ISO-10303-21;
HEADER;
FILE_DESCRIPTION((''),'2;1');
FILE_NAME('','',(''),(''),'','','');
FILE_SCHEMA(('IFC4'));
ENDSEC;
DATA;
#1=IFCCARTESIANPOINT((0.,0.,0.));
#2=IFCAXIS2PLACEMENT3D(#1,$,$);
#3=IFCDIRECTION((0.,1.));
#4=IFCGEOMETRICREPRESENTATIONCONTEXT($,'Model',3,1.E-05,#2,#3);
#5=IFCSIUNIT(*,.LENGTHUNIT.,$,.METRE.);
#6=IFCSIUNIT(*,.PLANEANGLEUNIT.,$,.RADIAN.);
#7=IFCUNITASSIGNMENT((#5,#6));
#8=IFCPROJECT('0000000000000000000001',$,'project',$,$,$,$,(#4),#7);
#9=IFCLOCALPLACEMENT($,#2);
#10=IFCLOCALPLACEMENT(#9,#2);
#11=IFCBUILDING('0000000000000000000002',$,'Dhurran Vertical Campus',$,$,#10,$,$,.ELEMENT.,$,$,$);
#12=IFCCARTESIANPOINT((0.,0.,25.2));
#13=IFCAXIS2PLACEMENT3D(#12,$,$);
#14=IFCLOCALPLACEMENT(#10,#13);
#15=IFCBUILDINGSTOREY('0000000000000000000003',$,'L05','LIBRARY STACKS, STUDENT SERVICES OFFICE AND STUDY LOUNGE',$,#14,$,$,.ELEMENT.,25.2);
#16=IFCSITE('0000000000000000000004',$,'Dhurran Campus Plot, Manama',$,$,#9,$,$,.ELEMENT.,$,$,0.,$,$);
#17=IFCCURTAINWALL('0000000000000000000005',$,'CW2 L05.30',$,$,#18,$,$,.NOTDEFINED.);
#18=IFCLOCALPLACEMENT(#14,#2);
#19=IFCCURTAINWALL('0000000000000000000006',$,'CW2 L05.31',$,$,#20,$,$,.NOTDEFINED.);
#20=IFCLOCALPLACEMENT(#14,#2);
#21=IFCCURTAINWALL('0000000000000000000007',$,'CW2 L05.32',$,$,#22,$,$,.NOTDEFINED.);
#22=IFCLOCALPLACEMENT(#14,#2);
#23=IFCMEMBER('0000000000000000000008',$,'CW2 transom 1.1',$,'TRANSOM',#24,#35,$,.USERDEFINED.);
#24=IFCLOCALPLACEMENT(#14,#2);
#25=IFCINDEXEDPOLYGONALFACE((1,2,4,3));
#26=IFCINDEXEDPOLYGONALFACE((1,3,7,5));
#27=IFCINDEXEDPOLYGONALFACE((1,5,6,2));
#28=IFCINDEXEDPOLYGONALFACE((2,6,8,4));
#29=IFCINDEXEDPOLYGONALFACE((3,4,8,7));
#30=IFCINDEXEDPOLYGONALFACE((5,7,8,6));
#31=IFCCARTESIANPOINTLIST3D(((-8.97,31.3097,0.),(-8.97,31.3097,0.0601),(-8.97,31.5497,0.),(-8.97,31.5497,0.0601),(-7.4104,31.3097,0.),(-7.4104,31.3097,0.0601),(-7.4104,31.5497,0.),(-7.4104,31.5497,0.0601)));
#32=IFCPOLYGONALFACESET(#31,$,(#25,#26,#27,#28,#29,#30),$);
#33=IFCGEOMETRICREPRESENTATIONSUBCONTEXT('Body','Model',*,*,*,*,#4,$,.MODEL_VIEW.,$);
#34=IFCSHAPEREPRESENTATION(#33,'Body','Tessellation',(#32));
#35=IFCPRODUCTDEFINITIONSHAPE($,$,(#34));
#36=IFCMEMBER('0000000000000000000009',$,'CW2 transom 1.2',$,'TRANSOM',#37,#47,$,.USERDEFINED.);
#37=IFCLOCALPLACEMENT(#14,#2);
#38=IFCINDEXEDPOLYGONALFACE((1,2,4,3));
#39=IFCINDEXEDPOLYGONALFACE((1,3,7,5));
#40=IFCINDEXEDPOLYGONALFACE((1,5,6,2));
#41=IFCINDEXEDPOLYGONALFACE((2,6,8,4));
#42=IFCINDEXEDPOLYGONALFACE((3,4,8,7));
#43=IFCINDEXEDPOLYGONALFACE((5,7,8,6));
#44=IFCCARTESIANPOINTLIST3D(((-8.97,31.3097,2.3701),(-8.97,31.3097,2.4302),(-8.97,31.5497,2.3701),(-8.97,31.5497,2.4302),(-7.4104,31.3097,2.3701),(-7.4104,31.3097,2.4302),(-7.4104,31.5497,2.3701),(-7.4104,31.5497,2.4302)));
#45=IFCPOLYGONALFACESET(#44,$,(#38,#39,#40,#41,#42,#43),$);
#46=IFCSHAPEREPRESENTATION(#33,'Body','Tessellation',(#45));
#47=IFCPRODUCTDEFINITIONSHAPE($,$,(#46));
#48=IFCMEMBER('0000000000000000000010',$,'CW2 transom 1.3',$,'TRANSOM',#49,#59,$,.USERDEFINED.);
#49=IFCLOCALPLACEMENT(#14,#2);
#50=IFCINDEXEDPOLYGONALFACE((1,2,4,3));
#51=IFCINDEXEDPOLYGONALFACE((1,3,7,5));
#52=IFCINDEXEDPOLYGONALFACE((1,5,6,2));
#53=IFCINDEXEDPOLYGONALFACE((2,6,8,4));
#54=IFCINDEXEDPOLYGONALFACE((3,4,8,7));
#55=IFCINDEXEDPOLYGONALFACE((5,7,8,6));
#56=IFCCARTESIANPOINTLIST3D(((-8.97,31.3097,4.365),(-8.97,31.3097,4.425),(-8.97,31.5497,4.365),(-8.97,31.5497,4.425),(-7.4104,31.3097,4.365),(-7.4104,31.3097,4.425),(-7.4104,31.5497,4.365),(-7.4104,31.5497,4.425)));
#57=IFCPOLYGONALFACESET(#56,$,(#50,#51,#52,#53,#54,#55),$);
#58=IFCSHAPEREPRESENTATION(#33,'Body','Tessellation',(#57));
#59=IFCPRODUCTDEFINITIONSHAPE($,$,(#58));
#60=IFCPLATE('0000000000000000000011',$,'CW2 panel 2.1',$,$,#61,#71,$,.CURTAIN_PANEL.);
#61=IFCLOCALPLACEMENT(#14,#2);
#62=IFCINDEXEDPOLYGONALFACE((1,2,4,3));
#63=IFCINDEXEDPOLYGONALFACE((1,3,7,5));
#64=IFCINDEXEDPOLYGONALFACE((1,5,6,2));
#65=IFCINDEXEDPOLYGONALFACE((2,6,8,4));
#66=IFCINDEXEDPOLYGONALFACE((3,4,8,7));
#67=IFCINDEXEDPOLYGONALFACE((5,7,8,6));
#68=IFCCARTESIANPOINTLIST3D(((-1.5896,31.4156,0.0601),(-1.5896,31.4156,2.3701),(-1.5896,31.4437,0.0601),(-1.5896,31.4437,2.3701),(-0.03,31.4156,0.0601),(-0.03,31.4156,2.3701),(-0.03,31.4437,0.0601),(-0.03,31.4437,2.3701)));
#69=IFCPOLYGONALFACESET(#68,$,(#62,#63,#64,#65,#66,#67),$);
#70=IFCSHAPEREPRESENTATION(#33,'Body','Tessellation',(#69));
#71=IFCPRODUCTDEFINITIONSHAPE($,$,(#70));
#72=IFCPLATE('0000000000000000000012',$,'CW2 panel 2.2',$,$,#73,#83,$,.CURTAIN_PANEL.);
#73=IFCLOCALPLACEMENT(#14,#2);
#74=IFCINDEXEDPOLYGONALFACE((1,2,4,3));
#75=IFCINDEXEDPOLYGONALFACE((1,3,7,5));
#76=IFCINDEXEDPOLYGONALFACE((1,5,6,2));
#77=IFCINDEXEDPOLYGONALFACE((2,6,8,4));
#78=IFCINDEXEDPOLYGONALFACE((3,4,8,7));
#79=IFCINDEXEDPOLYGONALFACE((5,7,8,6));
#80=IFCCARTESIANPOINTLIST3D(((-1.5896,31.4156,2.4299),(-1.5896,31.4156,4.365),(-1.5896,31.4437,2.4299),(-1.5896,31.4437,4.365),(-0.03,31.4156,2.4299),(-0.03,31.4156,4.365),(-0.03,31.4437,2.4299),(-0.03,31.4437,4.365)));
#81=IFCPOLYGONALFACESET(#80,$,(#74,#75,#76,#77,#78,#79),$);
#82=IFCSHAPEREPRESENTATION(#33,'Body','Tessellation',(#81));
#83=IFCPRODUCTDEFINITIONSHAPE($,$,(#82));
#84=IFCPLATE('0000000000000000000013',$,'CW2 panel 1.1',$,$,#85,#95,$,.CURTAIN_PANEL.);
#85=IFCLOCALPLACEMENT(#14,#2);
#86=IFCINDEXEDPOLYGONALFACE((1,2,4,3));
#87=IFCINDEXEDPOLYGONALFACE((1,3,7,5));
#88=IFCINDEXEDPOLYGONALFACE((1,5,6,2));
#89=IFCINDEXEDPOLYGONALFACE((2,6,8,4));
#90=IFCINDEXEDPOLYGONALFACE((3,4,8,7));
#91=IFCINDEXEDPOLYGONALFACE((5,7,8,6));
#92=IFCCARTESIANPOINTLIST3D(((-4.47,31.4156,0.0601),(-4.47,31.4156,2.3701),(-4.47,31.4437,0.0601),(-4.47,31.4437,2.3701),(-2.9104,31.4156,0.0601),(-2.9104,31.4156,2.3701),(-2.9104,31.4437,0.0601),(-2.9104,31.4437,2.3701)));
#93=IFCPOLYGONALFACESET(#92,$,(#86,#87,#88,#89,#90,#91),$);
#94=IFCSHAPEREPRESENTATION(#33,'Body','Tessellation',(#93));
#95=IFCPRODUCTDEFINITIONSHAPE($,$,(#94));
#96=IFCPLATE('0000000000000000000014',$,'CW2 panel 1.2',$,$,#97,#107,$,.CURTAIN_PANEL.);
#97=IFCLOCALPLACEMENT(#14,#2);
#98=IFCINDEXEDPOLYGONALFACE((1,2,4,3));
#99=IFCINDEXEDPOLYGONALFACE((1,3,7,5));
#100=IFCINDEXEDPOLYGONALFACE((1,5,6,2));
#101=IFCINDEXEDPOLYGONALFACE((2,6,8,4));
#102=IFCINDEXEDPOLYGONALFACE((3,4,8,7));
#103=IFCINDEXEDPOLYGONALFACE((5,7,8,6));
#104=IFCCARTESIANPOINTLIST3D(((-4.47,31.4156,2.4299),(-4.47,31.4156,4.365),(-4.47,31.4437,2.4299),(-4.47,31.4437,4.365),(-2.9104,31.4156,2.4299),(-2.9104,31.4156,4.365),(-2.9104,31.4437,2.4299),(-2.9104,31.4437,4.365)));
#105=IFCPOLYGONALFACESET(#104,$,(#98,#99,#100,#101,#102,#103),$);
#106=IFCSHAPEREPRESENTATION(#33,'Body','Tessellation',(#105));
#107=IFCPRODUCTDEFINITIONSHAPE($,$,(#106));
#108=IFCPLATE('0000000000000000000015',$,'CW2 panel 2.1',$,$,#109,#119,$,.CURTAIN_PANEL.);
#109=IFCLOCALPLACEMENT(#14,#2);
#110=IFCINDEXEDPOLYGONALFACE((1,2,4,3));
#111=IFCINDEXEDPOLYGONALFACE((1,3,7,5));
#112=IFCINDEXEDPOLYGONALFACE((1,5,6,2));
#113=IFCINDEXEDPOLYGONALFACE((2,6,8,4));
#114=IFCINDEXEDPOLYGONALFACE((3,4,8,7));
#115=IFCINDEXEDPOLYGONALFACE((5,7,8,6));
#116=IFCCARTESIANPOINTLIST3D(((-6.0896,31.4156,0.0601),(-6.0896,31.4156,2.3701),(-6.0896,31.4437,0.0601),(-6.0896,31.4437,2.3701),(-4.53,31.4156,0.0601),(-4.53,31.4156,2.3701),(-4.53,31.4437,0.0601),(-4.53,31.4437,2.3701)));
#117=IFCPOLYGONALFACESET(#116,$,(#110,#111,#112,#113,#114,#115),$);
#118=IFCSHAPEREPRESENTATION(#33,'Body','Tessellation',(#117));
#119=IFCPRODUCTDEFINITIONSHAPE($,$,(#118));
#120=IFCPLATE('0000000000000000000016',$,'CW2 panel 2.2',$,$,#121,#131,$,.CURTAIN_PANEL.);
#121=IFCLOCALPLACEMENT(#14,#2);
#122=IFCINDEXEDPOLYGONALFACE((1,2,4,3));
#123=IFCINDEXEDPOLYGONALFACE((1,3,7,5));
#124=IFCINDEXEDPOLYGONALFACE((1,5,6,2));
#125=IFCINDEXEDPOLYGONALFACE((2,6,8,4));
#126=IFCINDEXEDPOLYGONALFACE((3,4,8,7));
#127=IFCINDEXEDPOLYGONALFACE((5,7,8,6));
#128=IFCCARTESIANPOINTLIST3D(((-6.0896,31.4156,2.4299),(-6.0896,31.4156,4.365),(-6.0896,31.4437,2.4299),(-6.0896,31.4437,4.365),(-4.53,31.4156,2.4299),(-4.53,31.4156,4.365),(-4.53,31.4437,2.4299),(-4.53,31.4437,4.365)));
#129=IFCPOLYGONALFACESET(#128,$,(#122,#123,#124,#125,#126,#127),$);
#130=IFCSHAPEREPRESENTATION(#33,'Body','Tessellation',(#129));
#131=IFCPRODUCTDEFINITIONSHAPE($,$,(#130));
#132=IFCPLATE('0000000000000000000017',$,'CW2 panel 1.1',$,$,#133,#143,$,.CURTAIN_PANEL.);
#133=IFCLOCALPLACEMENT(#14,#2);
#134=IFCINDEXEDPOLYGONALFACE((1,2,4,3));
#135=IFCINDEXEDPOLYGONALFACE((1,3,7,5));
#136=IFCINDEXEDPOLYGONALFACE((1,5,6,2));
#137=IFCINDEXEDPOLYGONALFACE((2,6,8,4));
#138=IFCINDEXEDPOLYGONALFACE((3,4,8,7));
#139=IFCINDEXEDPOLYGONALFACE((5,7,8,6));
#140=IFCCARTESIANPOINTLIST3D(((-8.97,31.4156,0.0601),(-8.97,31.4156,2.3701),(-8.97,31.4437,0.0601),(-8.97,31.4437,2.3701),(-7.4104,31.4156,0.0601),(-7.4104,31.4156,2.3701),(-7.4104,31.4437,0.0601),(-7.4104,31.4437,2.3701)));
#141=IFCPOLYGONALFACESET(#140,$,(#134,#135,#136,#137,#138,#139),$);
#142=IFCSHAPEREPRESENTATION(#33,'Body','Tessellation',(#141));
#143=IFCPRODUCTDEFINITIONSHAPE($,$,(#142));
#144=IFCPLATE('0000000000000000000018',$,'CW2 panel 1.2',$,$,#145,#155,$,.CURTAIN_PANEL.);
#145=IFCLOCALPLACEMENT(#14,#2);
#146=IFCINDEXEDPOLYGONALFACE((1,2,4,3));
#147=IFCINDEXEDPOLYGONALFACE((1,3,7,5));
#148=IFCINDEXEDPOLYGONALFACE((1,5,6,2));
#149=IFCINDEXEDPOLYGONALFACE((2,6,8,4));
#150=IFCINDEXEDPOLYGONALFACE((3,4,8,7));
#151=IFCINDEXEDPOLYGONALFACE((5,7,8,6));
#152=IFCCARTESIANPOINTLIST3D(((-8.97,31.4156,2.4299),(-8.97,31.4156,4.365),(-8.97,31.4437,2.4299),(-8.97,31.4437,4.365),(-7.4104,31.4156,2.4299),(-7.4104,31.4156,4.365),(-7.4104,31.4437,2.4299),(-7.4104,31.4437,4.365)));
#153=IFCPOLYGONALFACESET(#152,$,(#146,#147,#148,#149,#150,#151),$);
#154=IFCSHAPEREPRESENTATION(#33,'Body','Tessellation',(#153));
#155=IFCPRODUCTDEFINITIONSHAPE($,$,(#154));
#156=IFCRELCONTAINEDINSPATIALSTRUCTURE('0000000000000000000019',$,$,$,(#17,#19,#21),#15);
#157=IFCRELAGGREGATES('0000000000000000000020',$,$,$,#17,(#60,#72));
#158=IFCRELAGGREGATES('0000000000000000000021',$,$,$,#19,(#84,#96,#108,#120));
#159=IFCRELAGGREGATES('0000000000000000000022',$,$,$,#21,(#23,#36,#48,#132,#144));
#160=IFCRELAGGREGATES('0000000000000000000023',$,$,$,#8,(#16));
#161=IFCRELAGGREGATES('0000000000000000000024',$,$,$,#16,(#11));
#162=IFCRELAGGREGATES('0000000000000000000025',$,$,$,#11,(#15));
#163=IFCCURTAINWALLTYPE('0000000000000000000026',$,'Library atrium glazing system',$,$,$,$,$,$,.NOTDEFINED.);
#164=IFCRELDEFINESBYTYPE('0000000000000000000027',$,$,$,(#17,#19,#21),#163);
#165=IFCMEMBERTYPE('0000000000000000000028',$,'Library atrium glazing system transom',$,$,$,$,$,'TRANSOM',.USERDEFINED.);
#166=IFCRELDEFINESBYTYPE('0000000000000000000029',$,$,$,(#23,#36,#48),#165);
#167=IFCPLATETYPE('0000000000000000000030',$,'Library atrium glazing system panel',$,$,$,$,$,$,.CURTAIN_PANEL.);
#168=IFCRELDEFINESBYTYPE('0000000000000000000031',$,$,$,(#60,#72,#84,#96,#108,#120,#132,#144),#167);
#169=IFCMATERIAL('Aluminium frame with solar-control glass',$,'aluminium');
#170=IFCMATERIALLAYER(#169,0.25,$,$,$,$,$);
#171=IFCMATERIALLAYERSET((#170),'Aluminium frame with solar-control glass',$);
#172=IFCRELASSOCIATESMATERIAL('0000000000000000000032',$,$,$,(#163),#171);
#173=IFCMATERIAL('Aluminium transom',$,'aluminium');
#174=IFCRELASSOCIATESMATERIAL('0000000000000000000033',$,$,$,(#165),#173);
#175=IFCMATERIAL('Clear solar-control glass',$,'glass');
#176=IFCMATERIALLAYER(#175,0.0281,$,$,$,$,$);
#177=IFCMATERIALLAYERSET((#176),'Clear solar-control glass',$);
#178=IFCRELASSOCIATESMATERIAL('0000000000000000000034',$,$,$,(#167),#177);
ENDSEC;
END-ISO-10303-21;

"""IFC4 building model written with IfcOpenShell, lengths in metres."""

from ifc_helpers import new_model, si_unit, direction, frame, origin, origin_2d, place, context, subcontext, project, spatial, rectangle, extrude, material, layer, layer_set, material_profile, profile_set, type_object, element, aggregate, save


model = new_model("IFC4")

# Units and contexts
model_context = context("Model", 3, precision=1e-05, world=origin(), true_north=direction((0.0, 1.0)))
body_context = subcontext(model_context, "Body", "Model", "MODEL_VIEW")
ifc_project = project(units=[si_unit("LENGTHUNIT", "METRE"), si_unit("PLANEANGLEUNIT", "RADIAN")], contexts=[model_context])

# Site, building, storey
site_placement = place(None, origin())
site = spatial("IfcSite", under=ifc_project, at=site_placement, Name="Dhurran Campus Plot, Manama", CompositionType="ELEMENT", RefElevation=0.0)
building_placement = place(site_placement, origin())
building = spatial("IfcBuilding", under=site, at=building_placement, Name="Dhurran Vertical Campus", CompositionType="ELEMENT")
storey_placement = place(building_placement, frame((0.0, 0.0, 25.2)))
storey = spatial("IfcBuildingStorey", under=building, at=storey_placement, Name="L05", Description="LIBRARY STACKS, STUDENT SERVICES OFFICE AND STUDY LOUNGE", CompositionType="ELEMENT", Elevation=25.2)

# Curtain walls
ifc_material_1 = material(Name="Aluminium frame with solar-control glass", Category="aluminium")
ifc_layer_1 = layer(ifc_material_1, 0.25)
ifc_layer_set_1 = layer_set([ifc_layer_1], Name="Aluminium frame with solar-control glass")
curtain_wall_type = type_object("IfcCurtainWallType", Name="Library atrium glazing system", PredefinedType="NOTDEFINED", material=ifc_layer_set_1)
curtain_wall_1_placement = place(storey_placement, origin())
curtain_wall_1 = element("IfcCurtainWall", 1, at=curtain_wall_1_placement, inside=storey, type_object=curtain_wall_type, Name="CW2 L05.30", PredefinedType="NOTDEFINED")
curtain_wall_2_placement = place(storey_placement, origin())
curtain_wall_2 = element("IfcCurtainWall", 2, at=curtain_wall_2_placement, inside=storey, type_object=curtain_wall_type, Name="CW2 L05.31", PredefinedType="NOTDEFINED")

# Curtain wall
curtain_wall_3_placement = place(storey_placement, origin())
curtain_wall_3 = element("IfcCurtainWall", 3, at=curtain_wall_3_placement, inside=storey, type_object=curtain_wall_type, Name="CW2 L05.32", PredefinedType="NOTDEFINED")

# Members
ifc_material_2 = material(Name="Aluminium transom", Category="aluminium")
ifc_material_profile_1 = material_profile(ifc_material_2, rectangle(XDim=0.24, YDim=0.0601, at=origin_2d()), Name="Library atrium glazing system transom")
ifc_profile_set_1 = profile_set([ifc_material_profile_1], Name="Aluminium transom")
member_type_1 = type_object("IfcMemberType", Name="Library atrium glazing system transom", ElementType="TRANSOM", PredefinedType="USERDEFINED", material=ifc_profile_set_1)
member_1_placement = place(storey_placement, frame((-7.4104, 31.4297, 0.03), z_axis=(-1.0, 0.0, 0.0), x_axis=(0.0, -1.0, 0.0)))
member_1 = element("IfcMember", 4, at=member_1_placement, type_object=member_type_1, Name="CW2 transom 1.1", ObjectType="TRANSOM", PredefinedType="USERDEFINED", context=body_context, shape_type="SweptSolid", body=[
    extrude(rectangle(XDim=0.24, YDim=0.0601, at=origin_2d()), origin(), (0.0, 0.0, 1.0), 1.5596),
])
member_2_placement = place(storey_placement, frame((-7.4104, 31.4297, 2.4001), z_axis=(-1.0, 0.0, 0.0), x_axis=(0.0, -1.0, 0.0)))
member_2 = element("IfcMember", 5, at=member_2_placement, type_object=member_type_1, Name="CW2 transom 1.2", ObjectType="TRANSOM", PredefinedType="USERDEFINED", context=body_context, shape_type="SweptSolid", body=[
    extrude(rectangle(XDim=0.24, YDim=0.0601, at=origin_2d()), origin(), (0.0, 0.0, 1.0), 1.5596),
])
member_3_placement = place(storey_placement, frame((-7.4104, 31.4297, 4.395), z_axis=(-1.0, 0.0, 0.0), x_axis=(0.0, -1.0, 0.0)))
member_3 = element("IfcMember", 6, at=member_3_placement, type_object=member_type_1, Name="CW2 transom 1.3", ObjectType="TRANSOM", PredefinedType="USERDEFINED", context=body_context, shape_type="SweptSolid", body=[
    extrude(rectangle(XDim=0.24, YDim=0.0601, at=origin_2d()), origin(), (0.0, 0.0, 1.0), 1.5596),
])

# Plates
ifc_material_3 = material(Name="Clear solar-control glass", Category="glass")
ifc_layer_2 = layer(ifc_material_3, 0.0281)
ifc_layer_set_2 = layer_set([ifc_layer_2], Name="Clear solar-control glass")
plate_type = type_object("IfcPlateType", Name="Library atrium glazing system panel", PredefinedType="CURTAIN_PANEL", material=ifc_layer_set_2)
plate_1_placement = place(storey_placement, frame((-0.8098, 31.4297, 0.0601), z_axis=(0.0, 0.0, 1.0), x_axis=(-1.0, 0.0, 0.0)))
plate_1 = element("IfcPlate", 7, at=plate_1_placement, type_object=plate_type, Name="CW2 panel 2.1", PredefinedType="CURTAIN_PANEL", context=body_context, shape_type="SweptSolid", body=[
    extrude(rectangle(XDim=1.5596, YDim=0.0281, at=origin_2d()), origin(), (0.0, 0.0, 1.0), 2.3101),
])
plate_2_placement = place(storey_placement, frame((-0.8098, 31.4297, 2.4299), z_axis=(0.0, 0.0, 1.0), x_axis=(-1.0, 0.0, 0.0)))
plate_2 = element("IfcPlate", 8, at=plate_2_placement, type_object=plate_type, Name="CW2 panel 2.2", PredefinedType="CURTAIN_PANEL", context=body_context, shape_type="SweptSolid", body=[
    extrude(rectangle(XDim=1.5596, YDim=0.0281, at=origin_2d()), origin(), (0.0, 0.0, 1.0), 1.9351),
])
aggregate(curtain_wall_1, [plate_1, plate_2])
plate_3_placement = place(storey_placement, frame((-3.6902, 31.4297, 0.0601), z_axis=(0.0, 0.0, 1.0), x_axis=(-1.0, 0.0, 0.0)))
plate_3 = element("IfcPlate", 9, at=plate_3_placement, type_object=plate_type, Name="CW2 panel 1.1", PredefinedType="CURTAIN_PANEL", context=body_context, shape_type="SweptSolid", body=[
    extrude(rectangle(XDim=1.5596, YDim=0.0281, at=origin_2d()), origin(), (0.0, 0.0, 1.0), 2.3101),
])
plate_4_placement = place(storey_placement, frame((-3.6902, 31.4297, 2.4299), z_axis=(0.0, 0.0, 1.0), x_axis=(-1.0, 0.0, 0.0)))
plate_4 = element("IfcPlate", 10, at=plate_4_placement, type_object=plate_type, Name="CW2 panel 1.2", PredefinedType="CURTAIN_PANEL", context=body_context, shape_type="SweptSolid", body=[
    extrude(rectangle(XDim=1.5596, YDim=0.0281, at=origin_2d()), origin(), (0.0, 0.0, 1.0), 1.9351),
])
plate_5_placement = place(storey_placement, frame((-5.3098, 31.4297, 0.0601), z_axis=(0.0, 0.0, 1.0), x_axis=(-1.0, 0.0, 0.0)))
plate_5 = element("IfcPlate", 11, at=plate_5_placement, type_object=plate_type, Name="CW2 panel 2.1", PredefinedType="CURTAIN_PANEL", context=body_context, shape_type="SweptSolid", body=[
    extrude(rectangle(XDim=1.5596, YDim=0.0281, at=origin_2d()), origin(), (0.0, 0.0, 1.0), 2.3101),
])
plate_6_placement = place(storey_placement, frame((-5.3098, 31.4297, 2.4299), z_axis=(0.0, 0.0, 1.0), x_axis=(-1.0, 0.0, 0.0)))
plate_6 = element("IfcPlate", 12, at=plate_6_placement, type_object=plate_type, Name="CW2 panel 2.2", PredefinedType="CURTAIN_PANEL", context=body_context, shape_type="SweptSolid", body=[
    extrude(rectangle(XDim=1.5596, YDim=0.0281, at=origin_2d()), origin(), (0.0, 0.0, 1.0), 1.9351),
])
aggregate(curtain_wall_2, [plate_3, plate_4, plate_5, plate_6])
plate_7_placement = place(storey_placement, frame((-8.1902, 31.4297, 0.0601), z_axis=(0.0, 0.0, 1.0), x_axis=(-1.0, 0.0, 0.0)))
plate_7 = element("IfcPlate", 13, at=plate_7_placement, type_object=plate_type, Name="CW2 panel 1.1", PredefinedType="CURTAIN_PANEL", context=body_context, shape_type="SweptSolid", body=[
    extrude(rectangle(XDim=1.5596, YDim=0.0281, at=origin_2d()), origin(), (0.0, 0.0, 1.0), 2.3101),
])
plate_8_placement = place(storey_placement, frame((-8.1902, 31.4297, 2.4299), z_axis=(0.0, 0.0, 1.0), x_axis=(-1.0, 0.0, 0.0)))
plate_8 = element("IfcPlate", 14, at=plate_8_placement, type_object=plate_type, Name="CW2 panel 1.2", PredefinedType="CURTAIN_PANEL", context=body_context, shape_type="SweptSolid", body=[
    extrude(rectangle(XDim=1.5596, YDim=0.0281, at=origin_2d()), origin(), (0.0, 0.0, 1.0), 1.9351),
])
aggregate(curtain_wall_3, [member_1, member_2, member_3, plate_7, plate_8])

save(model, "model.ifc")
